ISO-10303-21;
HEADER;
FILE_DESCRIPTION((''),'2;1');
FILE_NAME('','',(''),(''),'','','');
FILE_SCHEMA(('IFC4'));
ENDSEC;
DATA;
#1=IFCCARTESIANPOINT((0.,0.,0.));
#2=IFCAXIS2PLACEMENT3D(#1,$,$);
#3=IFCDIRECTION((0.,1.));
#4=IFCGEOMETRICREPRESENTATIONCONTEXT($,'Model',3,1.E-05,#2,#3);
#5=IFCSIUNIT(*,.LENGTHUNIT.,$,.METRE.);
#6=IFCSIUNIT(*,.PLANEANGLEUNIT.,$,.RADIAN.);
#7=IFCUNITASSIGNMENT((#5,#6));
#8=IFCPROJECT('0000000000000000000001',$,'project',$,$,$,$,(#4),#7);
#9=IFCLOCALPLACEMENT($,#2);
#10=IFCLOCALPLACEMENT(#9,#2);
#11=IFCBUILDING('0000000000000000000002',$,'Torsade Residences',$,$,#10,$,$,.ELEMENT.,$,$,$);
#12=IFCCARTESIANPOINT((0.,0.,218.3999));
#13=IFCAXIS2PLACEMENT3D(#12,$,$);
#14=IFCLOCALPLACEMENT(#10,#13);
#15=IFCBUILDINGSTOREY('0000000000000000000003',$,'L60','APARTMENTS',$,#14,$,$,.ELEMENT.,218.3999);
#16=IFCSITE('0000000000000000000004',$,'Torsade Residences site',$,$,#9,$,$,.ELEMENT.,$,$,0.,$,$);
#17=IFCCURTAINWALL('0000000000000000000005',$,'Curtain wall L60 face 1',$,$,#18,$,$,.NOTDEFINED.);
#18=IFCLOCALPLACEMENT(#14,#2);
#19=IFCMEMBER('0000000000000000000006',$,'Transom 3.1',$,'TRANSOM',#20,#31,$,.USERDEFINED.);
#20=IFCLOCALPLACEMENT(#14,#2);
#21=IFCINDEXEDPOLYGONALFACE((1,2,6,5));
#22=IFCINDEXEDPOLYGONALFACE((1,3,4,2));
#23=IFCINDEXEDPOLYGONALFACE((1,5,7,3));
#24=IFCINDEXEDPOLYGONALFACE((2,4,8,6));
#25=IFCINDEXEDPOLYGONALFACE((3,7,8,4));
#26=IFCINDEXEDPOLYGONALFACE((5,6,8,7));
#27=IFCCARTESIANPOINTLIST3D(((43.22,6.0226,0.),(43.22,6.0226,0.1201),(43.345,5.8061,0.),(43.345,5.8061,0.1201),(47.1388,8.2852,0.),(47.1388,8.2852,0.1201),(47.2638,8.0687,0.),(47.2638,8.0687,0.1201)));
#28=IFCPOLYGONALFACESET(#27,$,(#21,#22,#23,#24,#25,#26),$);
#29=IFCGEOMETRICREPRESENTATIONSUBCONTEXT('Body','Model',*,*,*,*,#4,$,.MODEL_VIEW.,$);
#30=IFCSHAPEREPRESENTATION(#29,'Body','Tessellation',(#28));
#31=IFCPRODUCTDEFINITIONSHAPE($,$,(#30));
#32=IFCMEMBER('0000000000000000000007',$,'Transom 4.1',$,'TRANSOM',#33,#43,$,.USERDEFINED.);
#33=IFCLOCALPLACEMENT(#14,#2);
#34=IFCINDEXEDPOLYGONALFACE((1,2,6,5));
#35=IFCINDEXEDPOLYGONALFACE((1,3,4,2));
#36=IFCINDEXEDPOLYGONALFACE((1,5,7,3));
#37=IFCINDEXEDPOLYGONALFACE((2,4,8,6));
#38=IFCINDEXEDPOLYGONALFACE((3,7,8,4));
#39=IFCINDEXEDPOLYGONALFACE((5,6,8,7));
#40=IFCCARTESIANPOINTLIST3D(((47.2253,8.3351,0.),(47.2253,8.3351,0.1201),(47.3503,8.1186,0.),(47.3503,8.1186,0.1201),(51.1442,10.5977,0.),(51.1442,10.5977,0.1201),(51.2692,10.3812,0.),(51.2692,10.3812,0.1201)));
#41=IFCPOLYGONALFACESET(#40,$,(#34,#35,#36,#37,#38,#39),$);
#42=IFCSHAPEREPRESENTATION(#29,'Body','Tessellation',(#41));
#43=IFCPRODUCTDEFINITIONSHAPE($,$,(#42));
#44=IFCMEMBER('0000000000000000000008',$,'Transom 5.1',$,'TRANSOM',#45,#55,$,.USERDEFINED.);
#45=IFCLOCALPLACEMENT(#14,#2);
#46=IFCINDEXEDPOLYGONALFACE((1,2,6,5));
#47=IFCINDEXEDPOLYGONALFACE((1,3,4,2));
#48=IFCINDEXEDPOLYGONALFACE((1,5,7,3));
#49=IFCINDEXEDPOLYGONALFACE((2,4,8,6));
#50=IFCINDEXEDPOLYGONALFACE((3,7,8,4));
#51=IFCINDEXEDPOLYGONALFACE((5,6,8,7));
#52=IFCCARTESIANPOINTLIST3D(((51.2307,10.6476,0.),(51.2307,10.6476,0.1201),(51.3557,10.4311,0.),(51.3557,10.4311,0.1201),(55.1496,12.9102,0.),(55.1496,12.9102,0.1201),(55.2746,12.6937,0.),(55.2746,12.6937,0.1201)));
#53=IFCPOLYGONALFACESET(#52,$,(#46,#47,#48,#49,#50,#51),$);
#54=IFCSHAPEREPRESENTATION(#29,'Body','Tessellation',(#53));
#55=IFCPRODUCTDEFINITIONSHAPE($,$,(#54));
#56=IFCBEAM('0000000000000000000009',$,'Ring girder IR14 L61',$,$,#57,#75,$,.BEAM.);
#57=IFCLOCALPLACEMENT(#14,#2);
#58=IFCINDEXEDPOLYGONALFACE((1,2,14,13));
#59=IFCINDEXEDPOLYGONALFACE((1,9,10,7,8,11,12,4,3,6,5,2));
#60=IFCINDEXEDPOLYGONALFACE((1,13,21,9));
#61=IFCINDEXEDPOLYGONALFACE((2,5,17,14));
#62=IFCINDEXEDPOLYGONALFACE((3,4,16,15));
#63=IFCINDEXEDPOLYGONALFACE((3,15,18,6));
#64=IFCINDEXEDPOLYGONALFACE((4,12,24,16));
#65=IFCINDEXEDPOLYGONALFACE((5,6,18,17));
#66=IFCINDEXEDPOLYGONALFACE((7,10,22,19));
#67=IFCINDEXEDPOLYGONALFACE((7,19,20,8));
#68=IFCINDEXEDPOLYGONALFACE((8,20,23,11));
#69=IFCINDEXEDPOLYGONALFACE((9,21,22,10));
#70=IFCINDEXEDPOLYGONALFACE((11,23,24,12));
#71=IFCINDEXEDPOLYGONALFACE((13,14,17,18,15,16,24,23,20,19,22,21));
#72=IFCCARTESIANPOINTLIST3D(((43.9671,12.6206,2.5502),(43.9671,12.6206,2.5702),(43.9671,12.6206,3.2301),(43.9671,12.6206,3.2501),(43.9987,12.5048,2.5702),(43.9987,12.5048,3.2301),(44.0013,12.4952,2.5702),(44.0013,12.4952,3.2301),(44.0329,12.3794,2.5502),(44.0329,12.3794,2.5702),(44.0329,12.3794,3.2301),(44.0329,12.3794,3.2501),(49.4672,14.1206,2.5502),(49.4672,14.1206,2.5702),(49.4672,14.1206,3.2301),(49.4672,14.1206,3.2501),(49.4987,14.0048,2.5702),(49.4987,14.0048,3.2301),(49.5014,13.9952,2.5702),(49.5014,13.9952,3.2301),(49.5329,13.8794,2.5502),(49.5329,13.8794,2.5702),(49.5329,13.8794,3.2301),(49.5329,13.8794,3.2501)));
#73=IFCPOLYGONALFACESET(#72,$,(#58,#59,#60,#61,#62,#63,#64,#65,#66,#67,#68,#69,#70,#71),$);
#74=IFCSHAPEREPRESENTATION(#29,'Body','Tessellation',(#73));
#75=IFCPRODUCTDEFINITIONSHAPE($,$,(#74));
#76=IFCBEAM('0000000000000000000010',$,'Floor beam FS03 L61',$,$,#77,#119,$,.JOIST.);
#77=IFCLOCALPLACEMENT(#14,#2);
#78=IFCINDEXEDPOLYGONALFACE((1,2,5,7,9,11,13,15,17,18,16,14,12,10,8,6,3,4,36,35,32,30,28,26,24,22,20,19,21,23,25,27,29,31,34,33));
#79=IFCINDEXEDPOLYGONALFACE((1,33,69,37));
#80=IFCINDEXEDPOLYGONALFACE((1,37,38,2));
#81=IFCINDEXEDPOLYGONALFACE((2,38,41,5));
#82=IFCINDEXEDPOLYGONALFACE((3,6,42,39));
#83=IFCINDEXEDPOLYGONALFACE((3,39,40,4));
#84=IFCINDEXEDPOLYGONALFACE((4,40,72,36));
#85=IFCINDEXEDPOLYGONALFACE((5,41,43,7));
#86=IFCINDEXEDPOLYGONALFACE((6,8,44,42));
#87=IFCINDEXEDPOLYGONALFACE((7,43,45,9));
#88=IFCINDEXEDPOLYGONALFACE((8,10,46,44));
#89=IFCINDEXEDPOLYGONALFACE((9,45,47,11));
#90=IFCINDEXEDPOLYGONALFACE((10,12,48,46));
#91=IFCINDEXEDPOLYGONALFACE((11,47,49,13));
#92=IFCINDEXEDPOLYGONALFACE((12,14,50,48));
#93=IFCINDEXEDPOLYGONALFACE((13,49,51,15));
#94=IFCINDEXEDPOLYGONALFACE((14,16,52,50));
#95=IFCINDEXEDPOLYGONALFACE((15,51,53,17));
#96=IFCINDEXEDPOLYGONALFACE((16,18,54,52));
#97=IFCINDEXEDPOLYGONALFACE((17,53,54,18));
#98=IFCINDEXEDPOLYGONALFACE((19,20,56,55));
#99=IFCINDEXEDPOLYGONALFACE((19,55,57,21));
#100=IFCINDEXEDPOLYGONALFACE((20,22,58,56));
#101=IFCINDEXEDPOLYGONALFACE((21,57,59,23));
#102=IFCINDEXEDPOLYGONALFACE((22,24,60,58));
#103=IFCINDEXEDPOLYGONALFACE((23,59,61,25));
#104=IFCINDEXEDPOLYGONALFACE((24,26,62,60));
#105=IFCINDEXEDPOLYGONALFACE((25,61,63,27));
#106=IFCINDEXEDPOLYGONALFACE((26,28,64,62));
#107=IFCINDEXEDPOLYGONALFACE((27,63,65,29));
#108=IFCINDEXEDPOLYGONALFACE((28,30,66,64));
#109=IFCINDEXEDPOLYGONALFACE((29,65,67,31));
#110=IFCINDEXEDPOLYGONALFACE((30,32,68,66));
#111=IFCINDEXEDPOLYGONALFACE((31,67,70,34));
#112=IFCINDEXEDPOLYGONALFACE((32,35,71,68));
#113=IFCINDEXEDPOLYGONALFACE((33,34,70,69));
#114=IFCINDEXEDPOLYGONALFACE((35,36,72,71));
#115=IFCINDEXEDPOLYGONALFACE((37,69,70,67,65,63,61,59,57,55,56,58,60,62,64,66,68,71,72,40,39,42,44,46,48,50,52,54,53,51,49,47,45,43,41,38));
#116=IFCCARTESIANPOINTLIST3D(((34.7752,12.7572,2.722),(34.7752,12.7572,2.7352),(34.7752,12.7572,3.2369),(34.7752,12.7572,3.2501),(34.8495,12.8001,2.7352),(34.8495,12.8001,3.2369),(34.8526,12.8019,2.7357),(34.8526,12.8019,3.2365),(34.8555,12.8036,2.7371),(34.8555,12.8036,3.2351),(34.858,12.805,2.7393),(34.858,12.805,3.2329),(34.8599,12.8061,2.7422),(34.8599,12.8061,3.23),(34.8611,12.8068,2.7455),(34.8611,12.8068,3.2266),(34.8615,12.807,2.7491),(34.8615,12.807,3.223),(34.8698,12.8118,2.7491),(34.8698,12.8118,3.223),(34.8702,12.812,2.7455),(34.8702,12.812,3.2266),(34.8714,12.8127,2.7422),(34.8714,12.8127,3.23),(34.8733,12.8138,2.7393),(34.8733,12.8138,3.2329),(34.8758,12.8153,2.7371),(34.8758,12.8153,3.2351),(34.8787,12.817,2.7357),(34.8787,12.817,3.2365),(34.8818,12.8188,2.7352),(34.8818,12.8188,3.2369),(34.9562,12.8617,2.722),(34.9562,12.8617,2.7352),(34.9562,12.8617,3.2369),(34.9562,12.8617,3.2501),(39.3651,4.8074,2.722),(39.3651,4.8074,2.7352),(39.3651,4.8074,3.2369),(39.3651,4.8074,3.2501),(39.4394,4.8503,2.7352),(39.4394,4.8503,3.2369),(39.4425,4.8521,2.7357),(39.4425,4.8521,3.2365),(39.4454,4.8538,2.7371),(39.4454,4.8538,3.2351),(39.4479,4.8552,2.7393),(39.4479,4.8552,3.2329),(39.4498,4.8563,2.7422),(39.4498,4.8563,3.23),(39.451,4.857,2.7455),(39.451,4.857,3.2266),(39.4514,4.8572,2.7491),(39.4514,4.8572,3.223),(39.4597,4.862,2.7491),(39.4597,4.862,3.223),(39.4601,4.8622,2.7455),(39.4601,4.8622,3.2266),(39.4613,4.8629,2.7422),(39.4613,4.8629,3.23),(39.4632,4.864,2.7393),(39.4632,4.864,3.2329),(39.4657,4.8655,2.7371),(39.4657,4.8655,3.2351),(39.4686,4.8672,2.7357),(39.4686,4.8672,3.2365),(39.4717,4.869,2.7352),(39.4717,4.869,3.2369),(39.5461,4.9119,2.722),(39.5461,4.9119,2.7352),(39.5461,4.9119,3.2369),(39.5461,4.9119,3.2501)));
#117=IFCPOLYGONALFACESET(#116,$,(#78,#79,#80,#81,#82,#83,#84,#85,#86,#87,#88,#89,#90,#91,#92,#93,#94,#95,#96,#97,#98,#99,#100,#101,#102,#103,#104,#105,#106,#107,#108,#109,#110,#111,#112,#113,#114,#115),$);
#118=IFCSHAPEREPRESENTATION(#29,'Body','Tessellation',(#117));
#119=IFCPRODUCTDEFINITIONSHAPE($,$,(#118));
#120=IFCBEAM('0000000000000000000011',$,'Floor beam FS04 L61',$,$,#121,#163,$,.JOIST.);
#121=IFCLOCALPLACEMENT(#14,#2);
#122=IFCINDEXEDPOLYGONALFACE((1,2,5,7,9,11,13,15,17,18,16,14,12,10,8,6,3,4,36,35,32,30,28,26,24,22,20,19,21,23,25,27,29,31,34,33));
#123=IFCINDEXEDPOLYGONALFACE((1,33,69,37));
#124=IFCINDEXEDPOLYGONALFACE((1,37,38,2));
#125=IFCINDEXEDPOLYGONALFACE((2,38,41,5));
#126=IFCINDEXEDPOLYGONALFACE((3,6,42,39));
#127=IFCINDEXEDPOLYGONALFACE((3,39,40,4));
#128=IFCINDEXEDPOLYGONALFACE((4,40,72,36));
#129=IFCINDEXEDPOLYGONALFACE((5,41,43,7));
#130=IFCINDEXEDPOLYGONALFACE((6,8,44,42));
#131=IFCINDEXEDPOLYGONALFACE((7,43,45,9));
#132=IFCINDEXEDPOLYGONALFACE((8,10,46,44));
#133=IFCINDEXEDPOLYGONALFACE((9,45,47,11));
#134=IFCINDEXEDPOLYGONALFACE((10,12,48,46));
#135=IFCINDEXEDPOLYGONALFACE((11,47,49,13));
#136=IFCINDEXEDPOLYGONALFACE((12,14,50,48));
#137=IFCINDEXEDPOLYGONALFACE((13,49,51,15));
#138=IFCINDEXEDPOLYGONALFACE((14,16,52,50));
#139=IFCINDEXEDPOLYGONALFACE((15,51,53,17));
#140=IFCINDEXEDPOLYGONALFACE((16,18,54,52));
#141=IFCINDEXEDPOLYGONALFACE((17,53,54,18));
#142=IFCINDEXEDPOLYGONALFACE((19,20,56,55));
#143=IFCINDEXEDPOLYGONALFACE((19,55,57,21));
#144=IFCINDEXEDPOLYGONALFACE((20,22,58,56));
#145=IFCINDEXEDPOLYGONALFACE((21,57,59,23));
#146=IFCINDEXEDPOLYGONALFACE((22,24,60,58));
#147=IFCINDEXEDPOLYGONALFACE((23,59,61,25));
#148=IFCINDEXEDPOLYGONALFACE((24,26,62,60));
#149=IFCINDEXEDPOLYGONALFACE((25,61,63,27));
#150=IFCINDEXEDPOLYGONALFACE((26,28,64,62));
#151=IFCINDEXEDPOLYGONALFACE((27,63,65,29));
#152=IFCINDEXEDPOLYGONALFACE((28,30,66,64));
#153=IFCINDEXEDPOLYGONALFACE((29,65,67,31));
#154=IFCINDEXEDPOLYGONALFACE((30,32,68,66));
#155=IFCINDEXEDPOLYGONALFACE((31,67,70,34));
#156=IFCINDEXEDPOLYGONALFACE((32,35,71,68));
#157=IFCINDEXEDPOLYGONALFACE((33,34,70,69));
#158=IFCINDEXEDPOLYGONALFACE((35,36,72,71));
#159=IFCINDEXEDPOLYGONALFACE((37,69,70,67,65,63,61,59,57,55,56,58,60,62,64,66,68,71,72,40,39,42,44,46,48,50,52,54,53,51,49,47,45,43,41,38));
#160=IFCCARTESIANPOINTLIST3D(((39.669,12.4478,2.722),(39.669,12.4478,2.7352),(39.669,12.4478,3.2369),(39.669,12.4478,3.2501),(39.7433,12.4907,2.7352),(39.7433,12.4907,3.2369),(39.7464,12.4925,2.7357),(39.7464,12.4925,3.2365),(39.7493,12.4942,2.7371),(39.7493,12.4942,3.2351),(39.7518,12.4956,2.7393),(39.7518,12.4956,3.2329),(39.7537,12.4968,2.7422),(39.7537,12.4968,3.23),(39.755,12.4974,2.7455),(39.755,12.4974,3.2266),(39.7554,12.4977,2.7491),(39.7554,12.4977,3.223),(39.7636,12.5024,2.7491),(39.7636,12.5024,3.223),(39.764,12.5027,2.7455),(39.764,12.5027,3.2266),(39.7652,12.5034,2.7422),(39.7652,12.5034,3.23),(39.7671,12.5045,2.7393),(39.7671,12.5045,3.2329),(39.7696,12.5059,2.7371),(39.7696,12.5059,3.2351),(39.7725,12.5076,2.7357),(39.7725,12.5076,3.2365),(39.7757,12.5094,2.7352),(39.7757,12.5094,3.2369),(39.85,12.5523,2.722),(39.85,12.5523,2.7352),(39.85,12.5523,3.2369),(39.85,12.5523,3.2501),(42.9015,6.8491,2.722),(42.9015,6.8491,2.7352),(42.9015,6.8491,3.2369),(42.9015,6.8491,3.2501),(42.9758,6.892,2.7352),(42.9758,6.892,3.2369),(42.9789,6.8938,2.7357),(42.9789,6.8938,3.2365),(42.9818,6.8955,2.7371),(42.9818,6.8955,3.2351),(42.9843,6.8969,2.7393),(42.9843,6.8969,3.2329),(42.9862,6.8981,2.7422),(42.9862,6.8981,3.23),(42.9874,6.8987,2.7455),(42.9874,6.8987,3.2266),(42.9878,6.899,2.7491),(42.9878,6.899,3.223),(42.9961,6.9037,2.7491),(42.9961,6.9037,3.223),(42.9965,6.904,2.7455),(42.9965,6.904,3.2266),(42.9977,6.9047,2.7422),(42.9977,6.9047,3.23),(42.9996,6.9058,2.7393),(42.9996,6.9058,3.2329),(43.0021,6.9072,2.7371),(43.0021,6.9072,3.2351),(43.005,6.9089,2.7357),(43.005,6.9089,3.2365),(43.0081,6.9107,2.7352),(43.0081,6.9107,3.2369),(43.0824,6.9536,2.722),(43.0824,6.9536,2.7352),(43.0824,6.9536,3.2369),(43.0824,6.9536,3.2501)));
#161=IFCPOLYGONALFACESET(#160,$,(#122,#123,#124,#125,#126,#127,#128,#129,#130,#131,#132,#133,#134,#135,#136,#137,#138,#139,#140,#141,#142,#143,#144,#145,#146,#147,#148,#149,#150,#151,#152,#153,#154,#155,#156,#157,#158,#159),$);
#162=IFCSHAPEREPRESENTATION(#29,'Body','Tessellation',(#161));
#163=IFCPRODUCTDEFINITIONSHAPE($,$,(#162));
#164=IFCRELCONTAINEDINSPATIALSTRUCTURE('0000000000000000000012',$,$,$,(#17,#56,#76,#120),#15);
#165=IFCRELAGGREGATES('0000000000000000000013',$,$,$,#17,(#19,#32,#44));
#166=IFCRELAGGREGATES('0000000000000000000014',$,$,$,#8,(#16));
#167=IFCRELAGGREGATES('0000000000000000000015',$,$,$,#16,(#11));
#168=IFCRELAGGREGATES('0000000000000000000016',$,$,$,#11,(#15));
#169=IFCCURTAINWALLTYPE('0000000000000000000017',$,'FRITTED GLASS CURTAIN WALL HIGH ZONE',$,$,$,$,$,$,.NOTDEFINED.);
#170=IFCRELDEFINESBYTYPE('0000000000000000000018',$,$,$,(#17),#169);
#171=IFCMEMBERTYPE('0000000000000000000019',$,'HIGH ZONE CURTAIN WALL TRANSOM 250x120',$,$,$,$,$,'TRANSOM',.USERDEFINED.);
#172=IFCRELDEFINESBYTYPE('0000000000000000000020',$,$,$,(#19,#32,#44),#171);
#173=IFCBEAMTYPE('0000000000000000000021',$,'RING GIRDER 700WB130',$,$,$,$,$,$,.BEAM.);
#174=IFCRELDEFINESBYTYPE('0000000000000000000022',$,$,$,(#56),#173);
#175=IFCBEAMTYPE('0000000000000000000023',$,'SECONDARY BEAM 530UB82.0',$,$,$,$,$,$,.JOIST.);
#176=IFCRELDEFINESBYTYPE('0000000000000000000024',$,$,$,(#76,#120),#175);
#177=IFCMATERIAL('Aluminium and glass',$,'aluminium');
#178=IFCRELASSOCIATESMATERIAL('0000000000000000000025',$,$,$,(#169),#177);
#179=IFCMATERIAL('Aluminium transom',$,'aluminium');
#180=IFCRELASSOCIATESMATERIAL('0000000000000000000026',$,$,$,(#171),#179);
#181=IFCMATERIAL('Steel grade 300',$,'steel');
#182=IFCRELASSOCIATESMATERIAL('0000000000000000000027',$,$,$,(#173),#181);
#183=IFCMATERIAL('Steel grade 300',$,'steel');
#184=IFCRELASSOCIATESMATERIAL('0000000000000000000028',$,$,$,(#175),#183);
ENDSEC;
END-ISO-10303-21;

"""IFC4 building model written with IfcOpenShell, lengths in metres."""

from ifc_helpers import new_model, si_unit, direction, frame, origin, origin_2d, place, context, subcontext, project, spatial, rectangle, i_section, extrude, material, material_profile, profile_set, type_object, element, aggregate, save


model = new_model("IFC4")

# Units and contexts
model_context = context("Model", 3, precision=1e-05, world=origin(), true_north=direction((0.0, 1.0)))
body_context = subcontext(model_context, "Body", "Model", "MODEL_VIEW")
ifc_project = project(units=[si_unit("LENGTHUNIT", "METRE"), si_unit("PLANEANGLEUNIT", "RADIAN")], contexts=[model_context])

# Site, building, storey
site_placement = place(None, origin())
site = spatial("IfcSite", under=ifc_project, at=site_placement, Name="Torsade Residences site", CompositionType="ELEMENT", RefElevation=0.0)
building_placement = place(site_placement, origin())
building = spatial("IfcBuilding", under=site, at=building_placement, Name="Torsade Residences", CompositionType="ELEMENT")
storey_placement = place(building_placement, frame((0.0, 0.0, 218.3999)))
storey = spatial("IfcBuildingStorey", under=building, at=storey_placement, Name="L60", Description="APARTMENTS", CompositionType="ELEMENT", Elevation=218.3999)

# Curtain wall, members
ifc_material_1 = material(Name="Aluminium and glass", Category="aluminium")
curtain_wall_type = type_object("IfcCurtainWallType", Name="FRITTED GLASS CURTAIN WALL HIGH ZONE", PredefinedType="NOTDEFINED", material=ifc_material_1)
curtain_wall_placement = place(storey_placement, origin())
curtain_wall = element("IfcCurtainWall", 1, at=curtain_wall_placement, inside=storey, type_object=curtain_wall_type, Name="Curtain wall L60 face 1", PredefinedType="NOTDEFINED")
ifc_material_2 = material(Name="Aluminium transom", Category="aluminium")
ifc_material_profile_1 = material_profile(ifc_material_2, rectangle(XDim=0.25, YDim=0.1201, at=origin_2d()), Name="HIGH ZONE CURTAIN WALL TRANSOM 250x120")
ifc_profile_set_1 = profile_set([ifc_material_profile_1], Name="Aluminium transom")
member_type_1 = type_object("IfcMemberType", Name="HIGH ZONE CURTAIN WALL TRANSOM 250x120", ElementType="TRANSOM", PredefinedType="USERDEFINED", material=ifc_profile_set_1)
member_1_placement = place(storey_placement, frame((43.2825, 5.9143, 0.0601), z_axis=(0.866017, 0.500015, 0.0), x_axis=(-0.500015, 0.866017, 0.0)))
member_1 = element("IfcMember", 2, at=member_1_placement, type_object=member_type_1, Name="Transom 3.1", ObjectType="TRANSOM", PredefinedType="USERDEFINED", context=body_context, shape_type="SweptSolid", body=[
    extrude(rectangle(XDim=0.25, YDim=0.1201, at=origin_2d()), origin(), (0.0, 0.0, 1.0), 4.5251),
])
member_2_placement = place(storey_placement, frame((47.2878, 8.2268, 0.0601), z_axis=(0.866017, 0.500015, 0.0), x_axis=(-0.500015, 0.866017, 0.0)))
member_2 = element("IfcMember", 3, at=member_2_placement, type_object=member_type_1, Name="Transom 4.1", ObjectType="TRANSOM", PredefinedType="USERDEFINED", context=body_context, shape_type="SweptSolid", body=[
    extrude(rectangle(XDim=0.25, YDim=0.1201, at=origin_2d()), origin(), (0.0, 0.0, 1.0), 4.5251),
])
member_3_placement = place(storey_placement, frame((51.2932, 10.5393, 0.0601), z_axis=(0.866017, 0.500015, 0.0), x_axis=(-0.500015, 0.866017, 0.0)))
member_3 = element("IfcMember", 4, at=member_3_placement, type_object=member_type_1, Name="Transom 5.1", ObjectType="TRANSOM", PredefinedType="USERDEFINED", context=body_context, shape_type="SweptSolid", body=[
    extrude(rectangle(XDim=0.25, YDim=0.1201, at=origin_2d()), origin(), (0.0, 0.0, 1.0), 4.5251),
])

# Beams
ifc_material_3 = material(Name="Steel grade 300", Category="steel")
ifc_material_profile_2 = material_profile(ifc_material_3, i_section(OverallWidth=0.25, OverallDepth=0.7, WebThickness=0.01, FlangeThickness=0.02, at=origin_2d()), Name="700WB130")
ifc_profile_set_2 = profile_set([ifc_material_profile_2], Name="Steel grade 300")
beam_type_1 = type_object("IfcBeamType", Name="RING GIRDER 700WB130", PredefinedType="BEAM", material=ifc_profile_set_2)
beam_1_placement = place(storey_placement, frame((44.0, 12.5, 2.9001), z_axis=(0.964764, 0.263117, 0.0), x_axis=(-0.263117, 0.964764, 0.0)))
element("IfcBeam", 5, at=beam_1_placement, inside=storey, type_object=beam_type_1, Name="Ring girder IR14 L61", PredefinedType="BEAM", context=body_context, shape_type="SweptSolid", body=[
    extrude(i_section(OverallWidth=0.25, OverallDepth=0.7, WebThickness=0.01, FlangeThickness=0.02, at=origin_2d()), origin(), (0.0, 0.0, 1.0), 5.7009),
])
ifc_material_4 = material(Name="Steel grade 300", Category="steel")
ifc_material_profile_3 = material_profile(ifc_material_4, i_section(OverallWidth=0.209, OverallDepth=0.5281, WebThickness=0.0095, FlangeThickness=0.0132, FilletRadius=0.0139, at=origin_2d()), Name="530UB82.0")
ifc_profile_set_3 = profile_set([ifc_material_profile_3], Name="Steel grade 300")
beam_type_2 = type_object("IfcBeamType", Name="SECONDARY BEAM 530UB82.0", PredefinedType="JOIST", material=ifc_profile_set_3)
beam_2_placement = place(storey_placement, frame((39.4556, 4.8596, 2.9861), z_axis=(-0.500006, 0.866022, 0.0), x_axis=(-0.866022, -0.500006, 0.0)))
element("IfcBeam", 6, at=beam_2_placement, inside=storey, type_object=beam_type_2, Name="Floor beam FS03 L61", PredefinedType="JOIST", context=body_context, shape_type="SweptSolid", body=[
    extrude(i_section(OverallWidth=0.209, OverallDepth=0.5281, WebThickness=0.0095, FlangeThickness=0.0132, FilletRadius=0.0139, at=origin_2d()), origin(), (0.0, 0.0, 1.0), 9.1797),
])
beam_3_placement = place(storey_placement, frame((42.9919, 6.9014, 2.9861), z_axis=(-0.500006, 0.866022, 0.0), x_axis=(-0.866022, -0.500006, 0.0)))
element("IfcBeam", 7, at=beam_3_placement, inside=storey, type_object=beam_type_2, Name="Floor beam FS04 L61", PredefinedType="JOIST", context=body_context, shape_type="SweptSolid", body=[
    extrude(i_section(OverallWidth=0.209, OverallDepth=0.5281, WebThickness=0.0095, FlangeThickness=0.0132, FilletRadius=0.0139, at=origin_2d()), origin(), (0.0, 0.0, 1.0), 6.4648),
])

aggregate(curtain_wall, [member_1, member_2, member_3])

save(model, "model.ifc")
